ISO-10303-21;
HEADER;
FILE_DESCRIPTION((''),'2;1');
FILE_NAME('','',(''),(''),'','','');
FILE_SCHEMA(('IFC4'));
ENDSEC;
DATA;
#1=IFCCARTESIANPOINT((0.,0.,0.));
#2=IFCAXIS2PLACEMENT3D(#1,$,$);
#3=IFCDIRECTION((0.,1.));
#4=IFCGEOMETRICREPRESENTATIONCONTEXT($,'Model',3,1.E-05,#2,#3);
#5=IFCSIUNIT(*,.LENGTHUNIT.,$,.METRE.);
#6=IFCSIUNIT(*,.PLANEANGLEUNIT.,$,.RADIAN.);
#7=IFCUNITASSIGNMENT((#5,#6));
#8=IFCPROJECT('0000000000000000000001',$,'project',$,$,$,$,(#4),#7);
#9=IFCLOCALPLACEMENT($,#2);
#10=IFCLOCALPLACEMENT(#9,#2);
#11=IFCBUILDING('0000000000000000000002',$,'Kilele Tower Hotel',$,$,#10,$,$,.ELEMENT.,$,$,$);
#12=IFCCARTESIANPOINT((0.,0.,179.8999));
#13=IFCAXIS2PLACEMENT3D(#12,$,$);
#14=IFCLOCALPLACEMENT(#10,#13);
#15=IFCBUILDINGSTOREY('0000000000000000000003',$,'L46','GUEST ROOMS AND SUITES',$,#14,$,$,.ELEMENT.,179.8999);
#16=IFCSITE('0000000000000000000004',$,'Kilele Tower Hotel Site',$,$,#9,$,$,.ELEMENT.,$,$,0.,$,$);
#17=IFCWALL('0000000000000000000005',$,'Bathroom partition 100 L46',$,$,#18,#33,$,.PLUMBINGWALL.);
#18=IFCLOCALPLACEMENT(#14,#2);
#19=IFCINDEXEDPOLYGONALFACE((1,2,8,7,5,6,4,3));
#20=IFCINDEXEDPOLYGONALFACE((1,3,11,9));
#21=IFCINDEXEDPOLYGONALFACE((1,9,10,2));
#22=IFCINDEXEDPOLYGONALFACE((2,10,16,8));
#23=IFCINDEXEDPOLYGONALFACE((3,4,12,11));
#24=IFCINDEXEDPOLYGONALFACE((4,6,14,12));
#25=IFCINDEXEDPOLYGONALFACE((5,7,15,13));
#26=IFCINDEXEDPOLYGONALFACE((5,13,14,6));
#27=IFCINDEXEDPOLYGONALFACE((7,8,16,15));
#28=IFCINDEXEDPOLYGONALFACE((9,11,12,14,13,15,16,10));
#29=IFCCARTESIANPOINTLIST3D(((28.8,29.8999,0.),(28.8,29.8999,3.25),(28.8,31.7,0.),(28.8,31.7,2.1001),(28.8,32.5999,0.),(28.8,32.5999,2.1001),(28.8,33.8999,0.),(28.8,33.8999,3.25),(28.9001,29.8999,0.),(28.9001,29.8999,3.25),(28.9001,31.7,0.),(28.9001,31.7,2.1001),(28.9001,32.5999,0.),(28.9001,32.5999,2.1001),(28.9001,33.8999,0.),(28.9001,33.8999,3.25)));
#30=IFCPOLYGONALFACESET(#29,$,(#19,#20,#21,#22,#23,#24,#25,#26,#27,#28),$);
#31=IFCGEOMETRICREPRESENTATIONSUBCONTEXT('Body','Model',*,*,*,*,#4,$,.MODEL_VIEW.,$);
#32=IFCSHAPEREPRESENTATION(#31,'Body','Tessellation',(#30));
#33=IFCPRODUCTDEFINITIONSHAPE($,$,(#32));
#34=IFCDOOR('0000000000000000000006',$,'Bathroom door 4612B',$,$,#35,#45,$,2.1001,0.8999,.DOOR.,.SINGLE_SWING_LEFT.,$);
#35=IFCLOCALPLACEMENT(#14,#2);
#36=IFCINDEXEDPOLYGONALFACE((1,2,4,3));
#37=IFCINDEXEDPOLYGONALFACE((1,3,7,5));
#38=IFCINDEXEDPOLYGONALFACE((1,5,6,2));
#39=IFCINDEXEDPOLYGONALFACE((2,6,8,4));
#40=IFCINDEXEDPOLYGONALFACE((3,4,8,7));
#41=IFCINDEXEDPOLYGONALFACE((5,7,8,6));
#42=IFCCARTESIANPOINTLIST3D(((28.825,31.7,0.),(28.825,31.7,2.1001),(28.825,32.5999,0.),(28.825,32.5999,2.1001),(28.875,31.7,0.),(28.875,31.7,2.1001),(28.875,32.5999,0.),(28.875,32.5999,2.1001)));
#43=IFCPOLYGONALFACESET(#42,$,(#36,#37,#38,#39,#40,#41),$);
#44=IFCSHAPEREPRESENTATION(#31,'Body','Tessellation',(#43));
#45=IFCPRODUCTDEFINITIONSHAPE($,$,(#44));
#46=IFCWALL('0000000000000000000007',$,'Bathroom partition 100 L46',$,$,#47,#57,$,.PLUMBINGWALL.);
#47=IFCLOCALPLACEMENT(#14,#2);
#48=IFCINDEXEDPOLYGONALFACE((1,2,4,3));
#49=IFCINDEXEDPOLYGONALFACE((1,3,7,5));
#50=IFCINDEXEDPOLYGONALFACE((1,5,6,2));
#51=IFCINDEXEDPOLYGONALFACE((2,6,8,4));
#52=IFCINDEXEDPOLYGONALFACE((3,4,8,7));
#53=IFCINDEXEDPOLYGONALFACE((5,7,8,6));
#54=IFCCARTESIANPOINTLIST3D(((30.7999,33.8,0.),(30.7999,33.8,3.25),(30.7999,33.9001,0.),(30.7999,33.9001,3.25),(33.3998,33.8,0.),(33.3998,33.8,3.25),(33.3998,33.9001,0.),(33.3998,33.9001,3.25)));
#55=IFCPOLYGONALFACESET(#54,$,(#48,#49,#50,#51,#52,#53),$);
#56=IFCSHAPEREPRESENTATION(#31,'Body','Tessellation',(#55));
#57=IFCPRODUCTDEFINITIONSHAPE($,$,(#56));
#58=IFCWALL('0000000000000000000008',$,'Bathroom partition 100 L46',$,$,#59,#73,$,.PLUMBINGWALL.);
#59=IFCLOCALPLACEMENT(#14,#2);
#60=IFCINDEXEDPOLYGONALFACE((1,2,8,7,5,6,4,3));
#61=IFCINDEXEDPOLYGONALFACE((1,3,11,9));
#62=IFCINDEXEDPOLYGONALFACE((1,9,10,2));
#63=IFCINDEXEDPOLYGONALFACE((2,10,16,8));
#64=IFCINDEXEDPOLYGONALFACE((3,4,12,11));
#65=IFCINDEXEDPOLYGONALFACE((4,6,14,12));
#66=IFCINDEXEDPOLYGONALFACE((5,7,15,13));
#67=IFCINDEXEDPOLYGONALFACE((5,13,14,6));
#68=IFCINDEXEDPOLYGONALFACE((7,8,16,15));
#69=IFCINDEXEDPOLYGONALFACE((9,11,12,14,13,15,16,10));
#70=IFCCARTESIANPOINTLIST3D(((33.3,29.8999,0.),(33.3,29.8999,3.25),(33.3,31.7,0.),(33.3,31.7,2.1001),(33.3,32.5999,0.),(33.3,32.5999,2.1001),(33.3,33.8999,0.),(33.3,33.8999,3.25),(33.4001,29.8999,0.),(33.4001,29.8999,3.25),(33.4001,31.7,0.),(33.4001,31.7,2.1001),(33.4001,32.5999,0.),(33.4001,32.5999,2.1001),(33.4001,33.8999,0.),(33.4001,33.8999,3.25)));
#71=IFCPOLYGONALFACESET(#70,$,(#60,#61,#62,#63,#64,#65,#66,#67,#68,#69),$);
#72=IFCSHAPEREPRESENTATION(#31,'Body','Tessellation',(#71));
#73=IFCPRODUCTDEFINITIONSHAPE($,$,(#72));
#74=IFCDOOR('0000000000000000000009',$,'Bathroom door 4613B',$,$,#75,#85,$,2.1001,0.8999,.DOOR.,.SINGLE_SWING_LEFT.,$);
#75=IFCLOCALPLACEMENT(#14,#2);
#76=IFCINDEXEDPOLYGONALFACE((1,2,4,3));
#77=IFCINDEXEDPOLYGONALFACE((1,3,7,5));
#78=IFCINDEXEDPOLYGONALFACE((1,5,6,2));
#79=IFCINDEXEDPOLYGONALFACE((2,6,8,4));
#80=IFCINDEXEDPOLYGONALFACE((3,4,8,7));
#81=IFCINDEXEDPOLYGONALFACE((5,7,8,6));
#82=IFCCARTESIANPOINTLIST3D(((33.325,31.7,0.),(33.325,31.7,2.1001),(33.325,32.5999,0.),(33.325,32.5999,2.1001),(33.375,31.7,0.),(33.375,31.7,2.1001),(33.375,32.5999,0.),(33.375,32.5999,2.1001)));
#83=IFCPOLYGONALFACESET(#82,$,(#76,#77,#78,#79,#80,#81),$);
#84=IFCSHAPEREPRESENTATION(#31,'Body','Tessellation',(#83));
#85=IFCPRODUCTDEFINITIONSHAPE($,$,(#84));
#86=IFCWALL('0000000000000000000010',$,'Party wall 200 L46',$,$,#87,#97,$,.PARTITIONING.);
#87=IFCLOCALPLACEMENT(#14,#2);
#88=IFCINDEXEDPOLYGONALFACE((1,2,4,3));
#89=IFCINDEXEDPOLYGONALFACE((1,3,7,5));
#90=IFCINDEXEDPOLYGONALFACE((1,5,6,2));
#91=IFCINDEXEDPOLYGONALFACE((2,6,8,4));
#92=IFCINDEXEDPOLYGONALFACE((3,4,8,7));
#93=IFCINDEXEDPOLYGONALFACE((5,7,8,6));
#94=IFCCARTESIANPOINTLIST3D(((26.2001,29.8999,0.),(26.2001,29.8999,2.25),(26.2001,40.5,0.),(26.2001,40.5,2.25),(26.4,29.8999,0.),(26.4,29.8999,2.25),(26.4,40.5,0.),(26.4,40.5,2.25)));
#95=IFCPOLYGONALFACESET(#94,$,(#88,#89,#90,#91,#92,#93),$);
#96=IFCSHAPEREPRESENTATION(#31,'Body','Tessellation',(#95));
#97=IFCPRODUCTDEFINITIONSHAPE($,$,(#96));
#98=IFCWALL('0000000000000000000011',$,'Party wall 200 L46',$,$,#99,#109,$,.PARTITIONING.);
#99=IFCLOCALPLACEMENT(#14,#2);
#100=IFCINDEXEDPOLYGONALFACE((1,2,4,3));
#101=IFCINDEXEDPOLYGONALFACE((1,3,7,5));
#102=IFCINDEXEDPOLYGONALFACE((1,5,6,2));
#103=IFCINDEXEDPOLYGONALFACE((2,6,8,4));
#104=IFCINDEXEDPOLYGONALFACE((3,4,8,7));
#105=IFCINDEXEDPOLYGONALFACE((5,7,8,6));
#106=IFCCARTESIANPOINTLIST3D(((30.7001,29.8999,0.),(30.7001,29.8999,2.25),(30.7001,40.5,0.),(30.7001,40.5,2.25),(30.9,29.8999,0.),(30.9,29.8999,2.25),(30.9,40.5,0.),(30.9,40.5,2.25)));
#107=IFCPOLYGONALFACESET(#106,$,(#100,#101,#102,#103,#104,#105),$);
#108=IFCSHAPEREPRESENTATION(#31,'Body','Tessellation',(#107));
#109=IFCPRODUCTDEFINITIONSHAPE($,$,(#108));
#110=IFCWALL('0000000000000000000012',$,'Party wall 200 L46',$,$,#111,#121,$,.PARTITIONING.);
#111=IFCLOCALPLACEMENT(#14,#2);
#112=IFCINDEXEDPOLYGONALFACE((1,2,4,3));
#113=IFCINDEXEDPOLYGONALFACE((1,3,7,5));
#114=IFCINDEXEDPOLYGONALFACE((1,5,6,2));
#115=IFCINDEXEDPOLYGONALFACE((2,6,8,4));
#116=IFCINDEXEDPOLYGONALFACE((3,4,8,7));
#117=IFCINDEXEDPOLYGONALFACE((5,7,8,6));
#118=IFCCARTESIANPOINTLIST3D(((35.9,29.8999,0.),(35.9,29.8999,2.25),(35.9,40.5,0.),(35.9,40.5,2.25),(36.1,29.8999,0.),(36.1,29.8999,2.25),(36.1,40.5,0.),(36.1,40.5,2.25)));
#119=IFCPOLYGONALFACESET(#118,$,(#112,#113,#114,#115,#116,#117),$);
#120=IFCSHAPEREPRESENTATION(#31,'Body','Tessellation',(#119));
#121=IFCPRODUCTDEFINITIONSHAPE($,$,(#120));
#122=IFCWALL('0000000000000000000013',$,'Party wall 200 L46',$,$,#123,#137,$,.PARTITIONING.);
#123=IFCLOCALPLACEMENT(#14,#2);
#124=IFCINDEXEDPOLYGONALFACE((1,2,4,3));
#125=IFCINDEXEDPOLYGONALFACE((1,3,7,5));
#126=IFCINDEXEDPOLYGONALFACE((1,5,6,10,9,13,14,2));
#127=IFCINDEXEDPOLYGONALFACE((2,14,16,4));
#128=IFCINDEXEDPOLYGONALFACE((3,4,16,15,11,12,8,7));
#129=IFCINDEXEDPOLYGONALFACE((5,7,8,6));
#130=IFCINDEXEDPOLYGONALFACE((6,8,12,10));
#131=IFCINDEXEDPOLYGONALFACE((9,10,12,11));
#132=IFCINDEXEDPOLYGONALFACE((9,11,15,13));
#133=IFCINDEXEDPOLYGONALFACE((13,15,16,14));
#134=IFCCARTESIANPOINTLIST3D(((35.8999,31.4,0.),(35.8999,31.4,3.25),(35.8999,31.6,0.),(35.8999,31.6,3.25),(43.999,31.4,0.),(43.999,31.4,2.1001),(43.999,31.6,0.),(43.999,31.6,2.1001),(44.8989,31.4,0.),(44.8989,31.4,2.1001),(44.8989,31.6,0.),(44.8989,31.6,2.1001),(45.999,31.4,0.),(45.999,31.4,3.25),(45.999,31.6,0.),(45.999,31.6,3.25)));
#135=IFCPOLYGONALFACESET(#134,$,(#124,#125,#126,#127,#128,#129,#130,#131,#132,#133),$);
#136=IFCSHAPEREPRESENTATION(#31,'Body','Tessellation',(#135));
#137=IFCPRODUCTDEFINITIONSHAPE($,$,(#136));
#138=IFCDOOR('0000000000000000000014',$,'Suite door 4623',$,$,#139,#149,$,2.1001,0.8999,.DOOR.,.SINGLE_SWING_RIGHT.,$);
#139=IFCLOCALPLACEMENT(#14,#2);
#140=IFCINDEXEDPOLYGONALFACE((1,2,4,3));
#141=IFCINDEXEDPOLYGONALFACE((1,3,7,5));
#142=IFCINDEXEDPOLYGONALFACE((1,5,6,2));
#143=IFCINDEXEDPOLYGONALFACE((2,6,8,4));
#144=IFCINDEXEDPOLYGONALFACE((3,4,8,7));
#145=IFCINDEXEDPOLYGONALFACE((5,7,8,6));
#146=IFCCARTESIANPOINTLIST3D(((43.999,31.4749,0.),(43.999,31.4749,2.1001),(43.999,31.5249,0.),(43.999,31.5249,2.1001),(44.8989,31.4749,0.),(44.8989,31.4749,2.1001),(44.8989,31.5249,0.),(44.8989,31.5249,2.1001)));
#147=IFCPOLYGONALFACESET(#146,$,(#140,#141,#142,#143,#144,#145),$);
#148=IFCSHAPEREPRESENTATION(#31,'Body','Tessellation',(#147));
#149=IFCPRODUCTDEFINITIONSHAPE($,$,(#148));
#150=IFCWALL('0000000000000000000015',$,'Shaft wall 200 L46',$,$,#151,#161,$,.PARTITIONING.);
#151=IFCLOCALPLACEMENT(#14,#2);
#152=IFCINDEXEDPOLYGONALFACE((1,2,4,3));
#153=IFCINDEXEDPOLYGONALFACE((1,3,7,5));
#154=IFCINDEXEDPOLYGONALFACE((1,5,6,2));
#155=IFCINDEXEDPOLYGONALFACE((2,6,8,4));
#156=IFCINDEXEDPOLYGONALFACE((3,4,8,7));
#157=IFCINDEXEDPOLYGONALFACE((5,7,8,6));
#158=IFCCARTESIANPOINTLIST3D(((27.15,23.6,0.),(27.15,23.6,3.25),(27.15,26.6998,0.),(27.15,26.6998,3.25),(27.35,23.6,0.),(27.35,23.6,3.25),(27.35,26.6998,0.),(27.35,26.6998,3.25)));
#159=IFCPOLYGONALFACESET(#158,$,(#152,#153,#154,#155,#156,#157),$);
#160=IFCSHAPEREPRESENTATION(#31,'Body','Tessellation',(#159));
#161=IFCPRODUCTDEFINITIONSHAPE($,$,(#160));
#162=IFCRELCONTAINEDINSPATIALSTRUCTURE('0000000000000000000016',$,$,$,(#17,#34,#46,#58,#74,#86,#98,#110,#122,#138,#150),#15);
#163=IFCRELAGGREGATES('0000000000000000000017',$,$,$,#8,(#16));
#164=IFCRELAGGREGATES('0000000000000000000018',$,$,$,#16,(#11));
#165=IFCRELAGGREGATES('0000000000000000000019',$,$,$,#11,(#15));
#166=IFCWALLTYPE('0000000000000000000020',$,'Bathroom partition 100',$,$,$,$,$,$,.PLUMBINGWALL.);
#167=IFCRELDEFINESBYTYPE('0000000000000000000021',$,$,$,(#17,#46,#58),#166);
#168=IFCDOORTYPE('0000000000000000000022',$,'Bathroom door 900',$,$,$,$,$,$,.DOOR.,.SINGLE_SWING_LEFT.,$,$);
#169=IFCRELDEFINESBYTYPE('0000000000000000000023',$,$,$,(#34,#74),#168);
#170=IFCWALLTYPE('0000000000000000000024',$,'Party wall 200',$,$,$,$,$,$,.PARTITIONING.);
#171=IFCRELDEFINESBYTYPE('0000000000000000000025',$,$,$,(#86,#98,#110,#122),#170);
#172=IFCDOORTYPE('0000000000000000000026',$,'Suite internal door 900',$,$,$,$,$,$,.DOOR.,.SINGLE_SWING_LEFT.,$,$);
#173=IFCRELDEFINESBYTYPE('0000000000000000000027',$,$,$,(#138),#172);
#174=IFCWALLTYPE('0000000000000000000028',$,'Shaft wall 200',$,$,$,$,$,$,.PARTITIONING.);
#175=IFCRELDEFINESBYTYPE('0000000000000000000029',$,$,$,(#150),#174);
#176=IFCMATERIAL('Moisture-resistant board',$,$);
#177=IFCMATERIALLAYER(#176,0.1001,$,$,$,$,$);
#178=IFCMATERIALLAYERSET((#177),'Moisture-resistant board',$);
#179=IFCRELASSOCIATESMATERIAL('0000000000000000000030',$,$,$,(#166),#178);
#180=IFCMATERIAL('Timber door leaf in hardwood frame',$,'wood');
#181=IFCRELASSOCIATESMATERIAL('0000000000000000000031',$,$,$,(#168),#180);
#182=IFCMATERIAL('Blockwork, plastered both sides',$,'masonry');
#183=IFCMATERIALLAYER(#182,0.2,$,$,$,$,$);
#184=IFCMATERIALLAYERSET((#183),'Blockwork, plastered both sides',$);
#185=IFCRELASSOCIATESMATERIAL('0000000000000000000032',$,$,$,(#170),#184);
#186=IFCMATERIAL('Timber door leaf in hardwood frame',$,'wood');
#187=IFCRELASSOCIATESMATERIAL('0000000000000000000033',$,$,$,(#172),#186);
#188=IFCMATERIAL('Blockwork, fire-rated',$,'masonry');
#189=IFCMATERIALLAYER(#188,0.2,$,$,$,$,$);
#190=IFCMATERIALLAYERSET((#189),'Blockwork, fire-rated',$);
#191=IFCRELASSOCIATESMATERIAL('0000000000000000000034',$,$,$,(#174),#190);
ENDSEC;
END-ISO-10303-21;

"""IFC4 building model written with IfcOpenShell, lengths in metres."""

from ifc_helpers import new_model, si_unit, direction, frame, frame_2d, origin, place, context, subcontext, project, spatial, rectangle, extrude, material, layer, layer_set, type_object, element, fill, save


model = new_model("IFC4")

# Units and contexts
model_context = context("Model", 3, precision=1e-05, world=origin(), true_north=direction((0.0, 1.0)))
body_context = subcontext(model_context, "Body", "Model", "MODEL_VIEW")
ifc_project = project(units=[si_unit("LENGTHUNIT", "METRE"), si_unit("PLANEANGLEUNIT", "RADIAN")], contexts=[model_context])

# Site, building, storey
site_placement = place(None, origin())
site = spatial("IfcSite", under=ifc_project, at=site_placement, Name="Kilele Tower Hotel Site", CompositionType="ELEMENT", RefElevation=0.0)
building_placement = place(site_placement, origin())
building = spatial("IfcBuilding", under=site, at=building_placement, Name="Kilele Tower Hotel", CompositionType="ELEMENT")
storey_placement = place(building_placement, frame((0.0, 0.0, 179.8999)))
storey = spatial("IfcBuildingStorey", under=building, at=storey_placement, Name="L46", Description="GUEST ROOMS AND SUITES", CompositionType="ELEMENT", Elevation=179.8999)

# Shared definitions
ifc_material_1 = material(Name="Moisture-resistant board")
ifc_layer_1 = layer(ifc_material_1, 0.1001)
ifc_layer_set_1 = layer_set([ifc_layer_1], Name="Moisture-resistant board")
wall_type_1 = type_object("IfcWallType", Name="Bathroom partition 100", PredefinedType="PLUMBINGWALL", material=ifc_layer_set_1)
ifc_material_2 = material(Name="Timber door leaf in hardwood frame", Category="wood")
door_type_1 = type_object("IfcDoorType", Name="Bathroom door 900", OperationType="SINGLE_SWING_LEFT", PredefinedType="DOOR", material=ifc_material_2)

# Wall, opening, door
wall_1_placement = place(storey_placement, frame((28.8501, 29.8999, 0.0), z_axis=(0.0, 0.0, 1.0), x_axis=(0.0, 1.0, 0.0)))
wall_1 = element("IfcWall", 1, at=wall_1_placement, inside=storey, type_object=wall_type_1, Name="Bathroom partition 100 L46", PredefinedType="PLUMBINGWALL", context=body_context, shape_type="SweptSolid", body=[
    extrude(rectangle(XDim=4.0, YDim=0.1001, at=frame_2d((2.0, 0.0))), origin(), (0.0, 0.0, 1.0), 3.25),
])
opening_1_placement = place(wall_1_placement, frame((2.7, 0.0, 0.0), z_axis=(0.0, 0.0, 1.0), x_axis=(-1.0, 0.0, 0.0)))
opening_1 = element("IfcOpeningElement", 2, at=opening_1_placement, cuts=wall_1, PredefinedType="OPENING", context=body_context, shape_type="SweptSolid", body=[
    extrude(rectangle(XDim=0.8999, YDim=2.1001, at=frame_2d((0.45, 1.05))), frame((0.0, 0.0601, 0.0), z_axis=(0.0, -1.0, 0.0), x_axis=(1.0, 0.0, 0.0)), (0.0, 0.0, 1.0), 0.1201),
])
door_1_placement = place(opening_1_placement, origin())
door_1 = element("IfcDoor", 3, at=door_1_placement, inside=storey, type_object=door_type_1, Name="Bathroom door 4612B", OperationType="SINGLE_SWING_LEFT", OverallHeight=2.1001, OverallWidth=0.8999, PredefinedType="DOOR", context=body_context, shape_type="SweptSolid", body=[
    extrude(rectangle(XDim=0.8999, YDim=2.1001, at=frame_2d((0.45, 1.05))), frame((0.0, 0.0249, 0.0), z_axis=(0.0, -1.0, 0.0), x_axis=(1.0, 0.0, 0.0)), (0.0, 0.0, 1.0), 0.05),
])
fill(opening_1, door_1)

# Wall
wall_2_placement = place(storey_placement, frame((30.8, 33.8501, 0.0), z_axis=(0.0, 0.0, 1.0), x_axis=(1.0, 0.0, 0.0)))
element("IfcWall", 4, at=wall_2_placement, inside=storey, type_object=wall_type_1, Name="Bathroom partition 100 L46", PredefinedType="PLUMBINGWALL", context=body_context, shape_type="SweptSolid", body=[
    extrude(rectangle(XDim=2.5999, YDim=0.1001, at=frame_2d((1.2998, 0.0))), origin(), (0.0, 0.0, 1.0), 3.25),
])

# Wall, opening, door
wall_3_placement = place(storey_placement, frame((33.3501, 29.8999, 0.0), z_axis=(0.0, 0.0, 1.0), x_axis=(0.0, 1.0, 0.0)))
wall_3 = element("IfcWall", 5, at=wall_3_placement, inside=storey, type_object=wall_type_1, Name="Bathroom partition 100 L46", PredefinedType="PLUMBINGWALL", context=body_context, shape_type="SweptSolid", body=[
    extrude(rectangle(XDim=4.0, YDim=0.1001, at=frame_2d((2.0, 0.0))), origin(), (0.0, 0.0, 1.0), 3.25),
])
opening_2_placement = place(wall_3_placement, frame((2.7, 0.0, 0.0), z_axis=(0.0, 0.0, 1.0), x_axis=(-1.0, 0.0, 0.0)))
opening_2 = element("IfcOpeningElement", 6, at=opening_2_placement, cuts=wall_3, PredefinedType="OPENING", context=body_context, shape_type="SweptSolid", body=[
    extrude(rectangle(XDim=0.8999, YDim=2.1001, at=frame_2d((0.45, 1.05))), frame((0.0, 0.0601, 0.0), z_axis=(0.0, -1.0, 0.0), x_axis=(1.0, 0.0, 0.0)), (0.0, 0.0, 1.0), 0.1201),
])
door_2_placement = place(opening_2_placement, origin())
door_2 = element("IfcDoor", 7, at=door_2_placement, inside=storey, type_object=door_type_1, Name="Bathroom door 4613B", OperationType="SINGLE_SWING_LEFT", OverallHeight=2.1001, OverallWidth=0.8999, PredefinedType="DOOR", context=body_context, shape_type="SweptSolid", body=[
    extrude(rectangle(XDim=0.8999, YDim=2.1001, at=frame_2d((0.45, 1.05))), frame((0.0, 0.0249, 0.0), z_axis=(0.0, -1.0, 0.0), x_axis=(1.0, 0.0, 0.0)), (0.0, 0.0, 1.0), 0.05),
])
fill(opening_2, door_2)

# Walls
ifc_material_3 = material(Name="Blockwork, plastered both sides", Category="masonry")
ifc_layer_2 = layer(ifc_material_3, 0.2)
ifc_layer_set_2 = layer_set([ifc_layer_2], Name="Blockwork, plastered both sides")
wall_type_2 = type_object("IfcWallType", Name="Party wall 200", PredefinedType="PARTITIONING", material=ifc_layer_set_2)
for number, where, z_axis, x_axis, name in (
    (8, (26.3, 29.8999, 0.0), (0.0, 0.0, 1.0), (0.0, 1.0, 0.0), "Party wall 200 L46"),
    (9, (30.8, 29.8999, 0.0), (0.0, 0.0, 1.0), (0.0, 1.0, 0.0), "Party wall 200 L46"),
    (10, (36.0, 29.8999, 0.0), (0.0, 0.0, 1.0), (0.0, 1.0, 0.0), "Party wall 200 L46"),
):
    element("IfcWall", number, at=place(storey_placement, frame(where, z_axis=z_axis, x_axis=x_axis)), inside=storey, type_object=wall_type_2, Name=name, PredefinedType="PARTITIONING", context=body_context, shape_type="SweptSolid", body=[
        extrude(rectangle(XDim=10.6001, YDim=0.2, at=frame_2d((5.3, 0.0))), origin(), (0.0, 0.0, 1.0), 2.25),
    ])

# Wall, opening, door
wall_4_placement = place(storey_placement, frame((35.8999, 31.5, 0.0), z_axis=(0.0, 0.0, 1.0), x_axis=(1.0, 0.0, 0.0)))
wall_4 = element("IfcWall", 11, at=wall_4_placement, inside=storey, type_object=wall_type_2, Name="Party wall 200 L46", PredefinedType="PARTITIONING", context=body_context, shape_type="SweptSolid", body=[
    extrude(rectangle(XDim=10.0991, YDim=0.2, at=frame_2d((5.0496, 0.0))), origin(), (0.0, 0.0, 1.0), 3.25),
])
opening_3_placement = place(wall_4_placement, frame((8.0991, 0.0, 0.0)))
opening_3 = element("IfcOpeningElement", 12, at=opening_3_placement, cuts=wall_4, PredefinedType="OPENING", context=body_context, shape_type="SweptSolid", body=[
    extrude(rectangle(XDim=0.8999, YDim=2.1001, at=frame_2d((0.45, 1.05))), frame((0.0, 0.1099, 0.0), z_axis=(0.0, -1.0, 0.0), x_axis=(1.0, 0.0, 0.0)), (0.0, 0.0, 1.0), 0.22),
])
ifc_material_4 = material(Name="Timber door leaf in hardwood frame", Category="wood")
door_type_2 = type_object("IfcDoorType", Name="Suite internal door 900", OperationType="SINGLE_SWING_LEFT", PredefinedType="DOOR", material=ifc_material_4)
door_3_placement = place(opening_3_placement, origin())
door_3 = element("IfcDoor", 13, at=door_3_placement, inside=storey, type_object=door_type_2, Name="Suite door 4623", OperationType="SINGLE_SWING_RIGHT", OverallHeight=2.1001, OverallWidth=0.8999, PredefinedType="DOOR", context=body_context, shape_type="SweptSolid", body=[
    extrude(rectangle(XDim=0.8999, YDim=2.1001, at=frame_2d((0.45, 1.05))), frame((0.0, 0.0249, 0.0), z_axis=(0.0, -1.0, 0.0), x_axis=(1.0, 0.0, 0.0)), (0.0, 0.0, 1.0), 0.05),
])
fill(opening_3, door_3)

# Wall
ifc_material_5 = material(Name="Blockwork, fire-rated", Category="masonry")
ifc_layer_3 = layer(ifc_material_5, 0.2)
ifc_layer_set_3 = layer_set([ifc_layer_3], Name="Blockwork, fire-rated")
wall_type_3 = type_object("IfcWallType", Name="Shaft wall 200", PredefinedType="PARTITIONING", material=ifc_layer_set_3)
wall_5_placement = place(storey_placement, frame((27.25, 23.6001, 0.0), z_axis=(0.0, 0.0, 1.0), x_axis=(0.0, 1.0, 0.0)))
element("IfcWall", 14, at=wall_5_placement, inside=storey, type_object=wall_type_3, Name="Shaft wall 200 L46", PredefinedType="PARTITIONING", context=body_context, shape_type="SweptSolid", body=[
    extrude(rectangle(XDim=3.0999, YDim=0.2, at=frame_2d((1.5498, 0.0))), origin(), (0.0, 0.0, 1.0), 3.25),
])

save(model, "model.ifc")
